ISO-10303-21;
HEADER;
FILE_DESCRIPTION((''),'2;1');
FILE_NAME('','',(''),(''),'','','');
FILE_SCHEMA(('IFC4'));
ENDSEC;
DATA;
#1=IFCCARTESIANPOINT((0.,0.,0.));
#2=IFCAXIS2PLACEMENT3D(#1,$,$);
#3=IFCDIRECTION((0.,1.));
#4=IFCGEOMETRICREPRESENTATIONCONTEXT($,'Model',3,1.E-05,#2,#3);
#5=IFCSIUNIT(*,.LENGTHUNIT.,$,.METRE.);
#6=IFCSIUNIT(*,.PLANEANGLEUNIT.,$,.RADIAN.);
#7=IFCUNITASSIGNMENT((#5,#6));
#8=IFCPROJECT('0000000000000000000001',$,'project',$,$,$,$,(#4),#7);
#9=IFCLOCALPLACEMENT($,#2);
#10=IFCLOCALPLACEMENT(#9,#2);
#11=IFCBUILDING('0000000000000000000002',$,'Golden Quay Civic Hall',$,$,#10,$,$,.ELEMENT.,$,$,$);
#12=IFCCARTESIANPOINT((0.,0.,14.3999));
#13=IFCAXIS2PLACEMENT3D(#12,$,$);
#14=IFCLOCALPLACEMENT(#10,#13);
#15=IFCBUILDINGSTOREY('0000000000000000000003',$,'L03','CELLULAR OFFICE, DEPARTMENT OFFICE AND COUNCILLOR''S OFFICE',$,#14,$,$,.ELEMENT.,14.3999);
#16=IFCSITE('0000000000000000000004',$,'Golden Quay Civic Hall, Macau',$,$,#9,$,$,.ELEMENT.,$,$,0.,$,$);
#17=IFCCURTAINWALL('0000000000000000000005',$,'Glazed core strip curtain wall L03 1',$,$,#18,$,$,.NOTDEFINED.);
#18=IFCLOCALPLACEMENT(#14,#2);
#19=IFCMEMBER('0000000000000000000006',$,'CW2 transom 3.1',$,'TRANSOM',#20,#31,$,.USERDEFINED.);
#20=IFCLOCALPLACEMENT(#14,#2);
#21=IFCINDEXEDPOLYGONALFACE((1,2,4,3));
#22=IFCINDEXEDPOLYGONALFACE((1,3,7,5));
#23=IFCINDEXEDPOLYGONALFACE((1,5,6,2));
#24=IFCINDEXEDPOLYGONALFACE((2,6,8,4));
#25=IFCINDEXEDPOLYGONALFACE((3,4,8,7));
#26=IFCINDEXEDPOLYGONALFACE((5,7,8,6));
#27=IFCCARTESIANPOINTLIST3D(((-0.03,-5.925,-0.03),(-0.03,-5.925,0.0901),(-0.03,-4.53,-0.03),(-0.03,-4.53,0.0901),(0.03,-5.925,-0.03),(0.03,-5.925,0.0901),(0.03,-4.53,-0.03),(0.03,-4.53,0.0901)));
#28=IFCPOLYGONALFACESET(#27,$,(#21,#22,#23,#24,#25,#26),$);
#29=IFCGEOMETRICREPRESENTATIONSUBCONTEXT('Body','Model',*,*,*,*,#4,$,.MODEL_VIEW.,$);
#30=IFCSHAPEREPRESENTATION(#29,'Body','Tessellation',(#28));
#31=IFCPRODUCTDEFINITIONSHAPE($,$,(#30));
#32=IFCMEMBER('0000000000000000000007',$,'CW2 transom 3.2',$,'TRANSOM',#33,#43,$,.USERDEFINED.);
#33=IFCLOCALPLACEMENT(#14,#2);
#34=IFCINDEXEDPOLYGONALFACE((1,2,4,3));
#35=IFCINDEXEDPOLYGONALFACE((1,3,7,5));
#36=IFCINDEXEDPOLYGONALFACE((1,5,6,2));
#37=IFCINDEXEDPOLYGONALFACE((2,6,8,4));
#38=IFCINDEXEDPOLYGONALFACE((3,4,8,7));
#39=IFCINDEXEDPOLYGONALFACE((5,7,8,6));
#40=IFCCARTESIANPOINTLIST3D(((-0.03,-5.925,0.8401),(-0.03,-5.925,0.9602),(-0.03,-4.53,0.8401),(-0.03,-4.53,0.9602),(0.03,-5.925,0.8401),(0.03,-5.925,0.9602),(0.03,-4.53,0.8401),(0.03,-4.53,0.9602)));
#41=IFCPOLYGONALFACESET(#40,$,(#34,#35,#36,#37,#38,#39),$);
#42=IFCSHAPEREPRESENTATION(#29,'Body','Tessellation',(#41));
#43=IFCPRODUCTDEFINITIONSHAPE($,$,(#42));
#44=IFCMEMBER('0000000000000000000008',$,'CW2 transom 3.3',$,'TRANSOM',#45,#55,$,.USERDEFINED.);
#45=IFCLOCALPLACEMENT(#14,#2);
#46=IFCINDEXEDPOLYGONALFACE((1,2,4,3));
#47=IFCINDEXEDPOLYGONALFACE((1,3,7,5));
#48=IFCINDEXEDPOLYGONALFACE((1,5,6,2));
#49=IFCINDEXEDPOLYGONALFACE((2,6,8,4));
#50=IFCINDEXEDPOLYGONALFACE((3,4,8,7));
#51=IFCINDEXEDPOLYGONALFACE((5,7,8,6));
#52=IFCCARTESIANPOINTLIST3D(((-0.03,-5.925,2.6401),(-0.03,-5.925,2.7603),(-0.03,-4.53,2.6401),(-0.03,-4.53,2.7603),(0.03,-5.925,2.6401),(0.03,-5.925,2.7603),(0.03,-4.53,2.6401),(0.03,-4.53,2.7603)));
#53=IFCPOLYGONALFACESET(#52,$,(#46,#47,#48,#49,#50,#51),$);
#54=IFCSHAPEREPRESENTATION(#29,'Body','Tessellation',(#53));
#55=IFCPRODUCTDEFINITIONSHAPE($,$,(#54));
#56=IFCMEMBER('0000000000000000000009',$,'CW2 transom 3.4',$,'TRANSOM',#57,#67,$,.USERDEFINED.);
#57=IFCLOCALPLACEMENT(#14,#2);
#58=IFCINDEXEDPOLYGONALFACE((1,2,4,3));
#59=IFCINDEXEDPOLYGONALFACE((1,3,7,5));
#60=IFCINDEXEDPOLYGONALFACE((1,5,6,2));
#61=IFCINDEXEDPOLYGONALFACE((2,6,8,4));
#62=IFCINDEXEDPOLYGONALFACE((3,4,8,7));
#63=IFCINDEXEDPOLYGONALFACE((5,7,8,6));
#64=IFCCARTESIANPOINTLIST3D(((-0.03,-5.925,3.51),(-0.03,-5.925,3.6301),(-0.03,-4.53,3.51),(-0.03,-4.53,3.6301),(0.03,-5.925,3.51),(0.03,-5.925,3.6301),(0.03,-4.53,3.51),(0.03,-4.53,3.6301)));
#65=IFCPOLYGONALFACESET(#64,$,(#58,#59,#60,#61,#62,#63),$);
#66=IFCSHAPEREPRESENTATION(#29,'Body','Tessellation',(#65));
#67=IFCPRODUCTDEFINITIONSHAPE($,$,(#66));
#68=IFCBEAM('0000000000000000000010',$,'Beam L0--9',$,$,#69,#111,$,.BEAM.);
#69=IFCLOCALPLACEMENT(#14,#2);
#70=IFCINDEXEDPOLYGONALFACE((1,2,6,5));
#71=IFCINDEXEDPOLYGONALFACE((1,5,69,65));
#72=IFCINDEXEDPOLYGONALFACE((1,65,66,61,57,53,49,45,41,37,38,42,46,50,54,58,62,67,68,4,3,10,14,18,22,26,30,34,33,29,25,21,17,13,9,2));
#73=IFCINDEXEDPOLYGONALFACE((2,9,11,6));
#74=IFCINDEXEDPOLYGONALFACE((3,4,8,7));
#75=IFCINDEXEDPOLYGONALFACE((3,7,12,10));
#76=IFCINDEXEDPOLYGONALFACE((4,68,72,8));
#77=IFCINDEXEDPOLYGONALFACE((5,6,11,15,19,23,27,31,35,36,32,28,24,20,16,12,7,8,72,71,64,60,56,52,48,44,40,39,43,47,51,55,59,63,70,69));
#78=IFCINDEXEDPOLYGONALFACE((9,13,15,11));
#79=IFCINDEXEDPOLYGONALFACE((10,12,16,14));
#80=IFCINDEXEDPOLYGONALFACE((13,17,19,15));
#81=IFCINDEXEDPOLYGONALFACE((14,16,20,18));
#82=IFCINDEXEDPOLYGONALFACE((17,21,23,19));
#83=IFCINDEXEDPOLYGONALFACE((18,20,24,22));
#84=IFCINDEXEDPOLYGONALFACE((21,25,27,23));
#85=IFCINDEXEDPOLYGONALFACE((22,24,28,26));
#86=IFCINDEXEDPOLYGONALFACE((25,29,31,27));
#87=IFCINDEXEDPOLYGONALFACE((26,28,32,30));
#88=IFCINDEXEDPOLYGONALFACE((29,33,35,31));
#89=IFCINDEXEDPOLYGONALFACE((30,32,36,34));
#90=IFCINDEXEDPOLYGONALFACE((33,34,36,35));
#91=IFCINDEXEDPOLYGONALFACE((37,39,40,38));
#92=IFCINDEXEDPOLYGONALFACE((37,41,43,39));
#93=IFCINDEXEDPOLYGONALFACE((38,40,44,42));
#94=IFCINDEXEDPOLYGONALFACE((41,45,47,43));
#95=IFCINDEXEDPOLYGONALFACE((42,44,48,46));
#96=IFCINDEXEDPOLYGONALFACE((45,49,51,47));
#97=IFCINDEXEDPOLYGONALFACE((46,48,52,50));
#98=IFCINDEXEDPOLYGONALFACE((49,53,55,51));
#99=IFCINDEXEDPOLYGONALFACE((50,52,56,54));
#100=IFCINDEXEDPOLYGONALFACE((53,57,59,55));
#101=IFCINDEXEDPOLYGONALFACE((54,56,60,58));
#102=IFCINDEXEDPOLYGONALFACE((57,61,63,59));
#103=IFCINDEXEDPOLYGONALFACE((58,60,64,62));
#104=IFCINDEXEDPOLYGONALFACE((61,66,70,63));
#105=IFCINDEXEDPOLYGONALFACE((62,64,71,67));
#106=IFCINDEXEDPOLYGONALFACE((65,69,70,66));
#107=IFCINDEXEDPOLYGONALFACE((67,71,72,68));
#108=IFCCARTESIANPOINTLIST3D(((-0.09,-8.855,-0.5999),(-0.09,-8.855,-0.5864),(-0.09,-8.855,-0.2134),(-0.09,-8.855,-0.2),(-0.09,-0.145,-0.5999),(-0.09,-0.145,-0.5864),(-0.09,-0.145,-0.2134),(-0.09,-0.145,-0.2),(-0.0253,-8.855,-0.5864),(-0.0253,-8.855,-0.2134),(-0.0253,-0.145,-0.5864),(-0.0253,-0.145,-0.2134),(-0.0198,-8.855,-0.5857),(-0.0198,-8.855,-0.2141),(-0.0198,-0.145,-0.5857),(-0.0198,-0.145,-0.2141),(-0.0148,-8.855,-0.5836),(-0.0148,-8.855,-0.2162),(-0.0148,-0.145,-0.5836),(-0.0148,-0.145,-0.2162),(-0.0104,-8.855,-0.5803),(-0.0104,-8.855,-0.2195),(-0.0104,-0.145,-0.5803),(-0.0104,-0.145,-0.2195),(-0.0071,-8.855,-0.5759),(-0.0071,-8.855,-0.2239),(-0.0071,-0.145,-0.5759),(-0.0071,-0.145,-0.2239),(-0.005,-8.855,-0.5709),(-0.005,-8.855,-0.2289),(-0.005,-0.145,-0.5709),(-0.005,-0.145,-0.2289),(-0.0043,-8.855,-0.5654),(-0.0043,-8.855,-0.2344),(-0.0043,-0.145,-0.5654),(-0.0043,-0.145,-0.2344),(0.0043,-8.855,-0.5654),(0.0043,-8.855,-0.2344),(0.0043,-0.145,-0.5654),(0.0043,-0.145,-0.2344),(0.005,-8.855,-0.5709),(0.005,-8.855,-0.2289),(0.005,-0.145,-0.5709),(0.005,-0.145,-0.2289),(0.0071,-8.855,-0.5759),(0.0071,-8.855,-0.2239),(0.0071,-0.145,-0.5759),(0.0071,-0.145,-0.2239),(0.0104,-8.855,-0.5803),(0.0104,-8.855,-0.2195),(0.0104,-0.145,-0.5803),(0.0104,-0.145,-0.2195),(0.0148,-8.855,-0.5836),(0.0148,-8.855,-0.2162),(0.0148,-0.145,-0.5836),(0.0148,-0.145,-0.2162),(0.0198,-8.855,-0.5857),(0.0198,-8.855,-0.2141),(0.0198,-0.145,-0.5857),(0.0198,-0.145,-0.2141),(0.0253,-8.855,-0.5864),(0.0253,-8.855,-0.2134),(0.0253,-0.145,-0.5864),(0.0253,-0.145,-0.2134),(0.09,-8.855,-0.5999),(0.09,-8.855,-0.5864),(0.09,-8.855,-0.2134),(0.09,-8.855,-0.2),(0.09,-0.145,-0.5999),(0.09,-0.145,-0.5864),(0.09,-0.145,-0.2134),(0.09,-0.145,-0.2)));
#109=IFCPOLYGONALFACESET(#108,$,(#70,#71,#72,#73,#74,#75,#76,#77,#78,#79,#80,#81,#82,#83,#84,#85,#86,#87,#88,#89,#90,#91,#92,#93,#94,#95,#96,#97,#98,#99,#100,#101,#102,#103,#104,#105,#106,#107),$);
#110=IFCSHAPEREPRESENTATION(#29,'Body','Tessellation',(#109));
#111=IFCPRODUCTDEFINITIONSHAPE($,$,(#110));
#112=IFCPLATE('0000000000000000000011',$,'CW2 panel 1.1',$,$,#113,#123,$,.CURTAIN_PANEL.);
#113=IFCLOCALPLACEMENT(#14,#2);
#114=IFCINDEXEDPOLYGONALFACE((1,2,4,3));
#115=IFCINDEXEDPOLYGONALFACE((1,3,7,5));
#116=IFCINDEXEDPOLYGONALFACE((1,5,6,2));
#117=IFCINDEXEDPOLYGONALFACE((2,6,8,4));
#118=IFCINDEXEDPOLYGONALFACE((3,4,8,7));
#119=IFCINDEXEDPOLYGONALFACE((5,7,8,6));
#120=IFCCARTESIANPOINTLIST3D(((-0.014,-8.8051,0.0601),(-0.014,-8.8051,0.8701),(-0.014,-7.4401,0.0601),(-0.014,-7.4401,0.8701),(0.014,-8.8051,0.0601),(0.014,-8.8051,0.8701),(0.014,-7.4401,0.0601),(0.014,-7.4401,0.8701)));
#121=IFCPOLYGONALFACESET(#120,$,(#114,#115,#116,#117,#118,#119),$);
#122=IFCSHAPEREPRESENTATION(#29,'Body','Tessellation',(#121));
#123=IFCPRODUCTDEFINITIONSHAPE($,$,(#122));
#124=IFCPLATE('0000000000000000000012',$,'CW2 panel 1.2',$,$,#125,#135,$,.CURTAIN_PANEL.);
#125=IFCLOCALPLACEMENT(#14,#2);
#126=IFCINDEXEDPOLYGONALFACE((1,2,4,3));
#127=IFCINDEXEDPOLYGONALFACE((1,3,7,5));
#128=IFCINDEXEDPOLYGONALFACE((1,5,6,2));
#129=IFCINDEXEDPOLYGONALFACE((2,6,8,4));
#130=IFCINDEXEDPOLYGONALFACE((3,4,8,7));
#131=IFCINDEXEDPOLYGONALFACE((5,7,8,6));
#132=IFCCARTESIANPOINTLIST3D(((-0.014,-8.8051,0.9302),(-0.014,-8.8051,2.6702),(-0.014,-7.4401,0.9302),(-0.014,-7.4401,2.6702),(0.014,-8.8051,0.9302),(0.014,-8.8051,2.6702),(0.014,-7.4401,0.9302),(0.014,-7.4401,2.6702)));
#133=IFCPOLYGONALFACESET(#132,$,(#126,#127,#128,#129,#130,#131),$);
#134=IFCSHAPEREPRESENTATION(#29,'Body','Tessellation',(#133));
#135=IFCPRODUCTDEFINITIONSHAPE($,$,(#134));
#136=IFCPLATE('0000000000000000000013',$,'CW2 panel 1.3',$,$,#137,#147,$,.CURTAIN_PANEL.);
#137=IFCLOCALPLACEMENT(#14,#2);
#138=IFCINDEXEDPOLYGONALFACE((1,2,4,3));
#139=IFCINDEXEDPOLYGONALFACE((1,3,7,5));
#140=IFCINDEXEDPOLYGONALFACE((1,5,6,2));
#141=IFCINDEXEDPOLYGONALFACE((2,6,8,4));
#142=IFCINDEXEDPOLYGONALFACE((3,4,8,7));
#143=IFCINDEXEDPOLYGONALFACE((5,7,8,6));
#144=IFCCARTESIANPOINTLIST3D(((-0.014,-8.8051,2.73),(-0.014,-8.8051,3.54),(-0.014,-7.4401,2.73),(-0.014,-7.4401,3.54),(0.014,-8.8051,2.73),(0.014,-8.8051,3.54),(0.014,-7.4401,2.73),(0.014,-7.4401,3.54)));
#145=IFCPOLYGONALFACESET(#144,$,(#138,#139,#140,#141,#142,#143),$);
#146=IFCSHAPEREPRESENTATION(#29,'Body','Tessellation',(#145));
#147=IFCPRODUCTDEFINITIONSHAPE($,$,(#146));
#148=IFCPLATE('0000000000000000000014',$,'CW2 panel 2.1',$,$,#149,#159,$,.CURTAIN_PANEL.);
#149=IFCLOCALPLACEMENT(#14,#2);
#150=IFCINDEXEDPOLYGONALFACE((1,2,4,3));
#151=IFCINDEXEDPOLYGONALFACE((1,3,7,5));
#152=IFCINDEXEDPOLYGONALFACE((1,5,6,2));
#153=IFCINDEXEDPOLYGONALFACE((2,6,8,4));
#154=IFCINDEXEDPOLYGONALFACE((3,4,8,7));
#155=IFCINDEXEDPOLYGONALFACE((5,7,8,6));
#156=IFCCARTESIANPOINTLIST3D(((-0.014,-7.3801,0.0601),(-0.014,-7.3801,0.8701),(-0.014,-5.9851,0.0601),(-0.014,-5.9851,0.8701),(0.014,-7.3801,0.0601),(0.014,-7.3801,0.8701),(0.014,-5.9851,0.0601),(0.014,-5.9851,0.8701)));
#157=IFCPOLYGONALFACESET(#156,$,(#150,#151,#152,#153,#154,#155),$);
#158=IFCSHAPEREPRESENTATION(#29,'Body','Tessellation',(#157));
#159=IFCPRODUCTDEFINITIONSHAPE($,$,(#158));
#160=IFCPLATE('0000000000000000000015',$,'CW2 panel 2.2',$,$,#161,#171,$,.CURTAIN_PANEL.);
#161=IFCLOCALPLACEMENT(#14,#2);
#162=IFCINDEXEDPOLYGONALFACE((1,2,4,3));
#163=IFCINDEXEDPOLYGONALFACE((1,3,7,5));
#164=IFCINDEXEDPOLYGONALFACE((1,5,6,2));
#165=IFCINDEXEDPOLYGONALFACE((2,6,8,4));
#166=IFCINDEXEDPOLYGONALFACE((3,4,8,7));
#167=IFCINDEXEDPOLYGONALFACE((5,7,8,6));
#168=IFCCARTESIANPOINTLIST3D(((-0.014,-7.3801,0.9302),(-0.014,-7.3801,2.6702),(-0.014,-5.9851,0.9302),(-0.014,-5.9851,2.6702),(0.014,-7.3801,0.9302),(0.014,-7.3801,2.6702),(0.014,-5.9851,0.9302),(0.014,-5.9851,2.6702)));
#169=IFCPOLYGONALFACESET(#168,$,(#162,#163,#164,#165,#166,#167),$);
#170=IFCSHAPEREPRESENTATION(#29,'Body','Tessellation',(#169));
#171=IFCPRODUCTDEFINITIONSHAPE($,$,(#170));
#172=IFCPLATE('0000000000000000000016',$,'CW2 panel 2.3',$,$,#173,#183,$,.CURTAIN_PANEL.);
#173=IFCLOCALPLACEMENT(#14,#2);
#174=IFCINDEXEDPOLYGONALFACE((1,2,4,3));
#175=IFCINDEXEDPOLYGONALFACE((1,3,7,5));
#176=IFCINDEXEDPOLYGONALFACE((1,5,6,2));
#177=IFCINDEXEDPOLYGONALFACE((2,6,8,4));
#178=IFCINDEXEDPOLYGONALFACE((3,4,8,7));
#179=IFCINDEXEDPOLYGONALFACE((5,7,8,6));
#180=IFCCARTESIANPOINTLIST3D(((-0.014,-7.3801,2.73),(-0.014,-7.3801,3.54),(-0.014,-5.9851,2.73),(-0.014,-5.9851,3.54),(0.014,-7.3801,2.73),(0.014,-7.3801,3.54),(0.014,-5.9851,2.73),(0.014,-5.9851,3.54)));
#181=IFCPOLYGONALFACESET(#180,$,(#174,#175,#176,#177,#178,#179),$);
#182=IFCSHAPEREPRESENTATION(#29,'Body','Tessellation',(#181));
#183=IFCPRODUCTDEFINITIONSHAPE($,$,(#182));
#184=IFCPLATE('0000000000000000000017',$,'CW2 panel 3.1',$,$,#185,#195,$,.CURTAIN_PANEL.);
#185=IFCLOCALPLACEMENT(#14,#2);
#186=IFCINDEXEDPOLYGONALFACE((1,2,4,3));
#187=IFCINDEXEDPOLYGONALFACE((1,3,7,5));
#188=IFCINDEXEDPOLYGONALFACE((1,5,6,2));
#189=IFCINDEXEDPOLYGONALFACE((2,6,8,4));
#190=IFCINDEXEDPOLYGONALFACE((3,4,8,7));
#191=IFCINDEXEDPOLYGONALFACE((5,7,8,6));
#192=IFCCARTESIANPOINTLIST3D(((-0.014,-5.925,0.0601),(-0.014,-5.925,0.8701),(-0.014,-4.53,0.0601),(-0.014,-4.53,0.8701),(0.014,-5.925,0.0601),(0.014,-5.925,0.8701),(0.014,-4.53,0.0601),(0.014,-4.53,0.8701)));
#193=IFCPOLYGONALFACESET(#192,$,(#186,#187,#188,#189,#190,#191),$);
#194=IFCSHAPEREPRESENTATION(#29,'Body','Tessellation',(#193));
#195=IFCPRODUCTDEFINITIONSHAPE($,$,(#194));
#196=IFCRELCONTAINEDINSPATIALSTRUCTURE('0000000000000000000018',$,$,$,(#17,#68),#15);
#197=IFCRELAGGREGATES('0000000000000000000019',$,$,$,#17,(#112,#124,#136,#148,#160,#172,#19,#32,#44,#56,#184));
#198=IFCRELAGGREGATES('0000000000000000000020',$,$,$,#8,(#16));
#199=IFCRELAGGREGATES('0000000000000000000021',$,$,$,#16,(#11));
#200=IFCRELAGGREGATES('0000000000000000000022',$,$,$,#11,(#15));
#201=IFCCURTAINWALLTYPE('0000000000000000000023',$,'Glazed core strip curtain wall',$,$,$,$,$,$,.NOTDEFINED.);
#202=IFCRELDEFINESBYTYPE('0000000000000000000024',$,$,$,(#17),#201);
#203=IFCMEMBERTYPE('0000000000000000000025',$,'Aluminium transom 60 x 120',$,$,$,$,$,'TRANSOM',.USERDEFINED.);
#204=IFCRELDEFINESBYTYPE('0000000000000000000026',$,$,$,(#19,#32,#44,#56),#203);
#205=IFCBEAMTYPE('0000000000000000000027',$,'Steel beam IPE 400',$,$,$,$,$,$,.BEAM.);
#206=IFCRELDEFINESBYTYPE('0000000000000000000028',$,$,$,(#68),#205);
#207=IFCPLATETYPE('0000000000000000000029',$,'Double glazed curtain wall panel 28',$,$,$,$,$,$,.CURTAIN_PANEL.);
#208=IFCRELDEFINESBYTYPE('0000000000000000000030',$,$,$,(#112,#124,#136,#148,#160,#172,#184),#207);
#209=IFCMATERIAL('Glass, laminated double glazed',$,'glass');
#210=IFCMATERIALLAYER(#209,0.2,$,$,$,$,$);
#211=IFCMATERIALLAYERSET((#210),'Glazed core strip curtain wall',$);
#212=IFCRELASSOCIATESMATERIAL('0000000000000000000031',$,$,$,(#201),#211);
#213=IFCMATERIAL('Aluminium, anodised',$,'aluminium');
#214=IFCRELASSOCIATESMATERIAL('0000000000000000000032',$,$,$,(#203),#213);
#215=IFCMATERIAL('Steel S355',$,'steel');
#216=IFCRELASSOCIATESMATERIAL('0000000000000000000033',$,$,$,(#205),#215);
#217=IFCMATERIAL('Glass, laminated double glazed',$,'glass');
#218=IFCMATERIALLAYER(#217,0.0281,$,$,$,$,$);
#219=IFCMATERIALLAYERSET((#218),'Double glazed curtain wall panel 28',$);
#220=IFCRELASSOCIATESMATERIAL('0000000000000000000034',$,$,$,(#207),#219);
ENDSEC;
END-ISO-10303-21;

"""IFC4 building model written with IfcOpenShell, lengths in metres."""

from ifc_helpers import new_model, si_unit, direction, frame, origin, origin_2d, place, context, subcontext, project, spatial, rectangle, i_section, extrude, material, layer, layer_set, material_profile, profile_set, type_object, element, aggregate, save


model = new_model("IFC4")

# Units and contexts
model_context = context("Model", 3, precision=1e-05, world=origin(), true_north=direction((0.0, 1.0)))
body_context = subcontext(model_context, "Body", "Model", "MODEL_VIEW")
ifc_project = project(units=[si_unit("LENGTHUNIT", "METRE"), si_unit("PLANEANGLEUNIT", "RADIAN")], contexts=[model_context])

# Site, building, storey
site_placement = place(None, origin())
site = spatial("IfcSite", under=ifc_project, at=site_placement, Name="Golden Quay Civic Hall, Macau", CompositionType="ELEMENT", RefElevation=0.0)
building_placement = place(site_placement, origin())
building = spatial("IfcBuilding", under=site, at=building_placement, Name="Golden Quay Civic Hall", CompositionType="ELEMENT")
storey_placement = place(building_placement, frame((0.0, 0.0, 14.3999)))
storey = spatial("IfcBuildingStorey", under=building, at=storey_placement, Name="L03", Description="CELLULAR OFFICE, DEPARTMENT OFFICE AND COUNCILLOR'S OFFICE", CompositionType="ELEMENT", Elevation=14.3999)

# Curtain wall, members
ifc_material_1 = material(Name="Glass, laminated double glazed", Category="glass")
ifc_layer_1 = layer(ifc_material_1, 0.2)
ifc_layer_set_1 = layer_set([ifc_layer_1], Name="Glazed core strip curtain wall")
curtain_wall_type = type_object("IfcCurtainWallType", Name="Glazed core strip curtain wall", PredefinedType="NOTDEFINED", material=ifc_layer_set_1)
curtain_wall_placement = place(storey_placement, origin())
curtain_wall = element("IfcCurtainWall", 1, at=curtain_wall_placement, inside=storey, type_object=curtain_wall_type, Name="Glazed core strip curtain wall L03 1", PredefinedType="NOTDEFINED")
ifc_material_2 = material(Name="Aluminium, anodised", Category="aluminium")
ifc_material_profile_1 = material_profile(ifc_material_2, rectangle(XDim=0.0601, YDim=0.1201, at=origin_2d()), Name="Aluminium 60 x 120")
ifc_profile_set_1 = profile_set([ifc_material_profile_1], Name="Aluminium, anodised")
member_type_1 = type_object("IfcMemberType", Name="Aluminium transom 60 x 120", ElementType="TRANSOM", PredefinedType="USERDEFINED", material=ifc_profile_set_1)
member_1_placement = place(storey_placement, frame((0.0, -5.925, 0.03), z_axis=(0.0, 1.0, 0.0), x_axis=(-1.0, 0.0, 0.0)))
member_1 = element("IfcMember", 2, at=member_1_placement, type_object=member_type_1, Name="CW2 transom 3.1", ObjectType="TRANSOM", PredefinedType="USERDEFINED", context=body_context, shape_type="SweptSolid", body=[
    extrude(rectangle(XDim=0.0601, YDim=0.1201, at=origin_2d()), origin(), (0.0, 0.0, 1.0), 1.395),
])
member_2_placement = place(storey_placement, frame((0.0, -5.925, 0.9001), z_axis=(0.0, 1.0, 0.0), x_axis=(-1.0, 0.0, 0.0)))
member_2 = element("IfcMember", 3, at=member_2_placement, type_object=member_type_1, Name="CW2 transom 3.2", ObjectType="TRANSOM", PredefinedType="USERDEFINED", context=body_context, shape_type="SweptSolid", body=[
    extrude(rectangle(XDim=0.0601, YDim=0.1201, at=origin_2d()), origin(), (0.0, 0.0, 1.0), 1.395),
])
member_3_placement = place(storey_placement, frame((0.0, -5.925, 2.7002), z_axis=(0.0, 1.0, 0.0), x_axis=(-1.0, 0.0, 0.0)))
member_3 = element("IfcMember", 4, at=member_3_placement, type_object=member_type_1, Name="CW2 transom 3.3", ObjectType="TRANSOM", PredefinedType="USERDEFINED", context=body_context, shape_type="SweptSolid", body=[
    extrude(rectangle(XDim=0.0601, YDim=0.1201, at=origin_2d()), origin(), (0.0, 0.0, 1.0), 1.395),
])
member_4_placement = place(storey_placement, frame((0.0, -5.925, 3.5701), z_axis=(0.0, 1.0, 0.0), x_axis=(-1.0, 0.0, 0.0)))
member_4 = element("IfcMember", 5, at=member_4_placement, type_object=member_type_1, Name="CW2 transom 3.4", ObjectType="TRANSOM", PredefinedType="USERDEFINED", context=body_context, shape_type="SweptSolid", body=[
    extrude(rectangle(XDim=0.0601, YDim=0.1201, at=origin_2d()), origin(), (0.0, 0.0, 1.0), 1.395),
])

# Beam
ifc_material_3 = material(Name="Steel S355", Category="steel")
ifc_material_profile_2 = material_profile(ifc_material_3, i_section(OverallWidth=0.1799, OverallDepth=0.3999, WebThickness=0.0085, FlangeThickness=0.0134, FilletRadius=0.021, at=origin_2d()), Name="IPE 400")
ifc_profile_set_2 = profile_set([ifc_material_profile_2], Name="Steel S355")
beam_type = type_object("IfcBeamType", Name="Steel beam IPE 400", PredefinedType="BEAM", material=ifc_profile_set_2)
beam_placement = place(storey_placement, frame((0.0, -8.855, -0.3999), z_axis=(0.0, 1.0, 0.0), x_axis=(-1.0, 0.0, 0.0)))
element("IfcBeam", 6, at=beam_placement, inside=storey, type_object=beam_type, Name="Beam L0--9", PredefinedType="BEAM", context=body_context, shape_type="SweptSolid", body=[
    extrude(i_section(OverallWidth=0.1799, OverallDepth=0.3999, WebThickness=0.0085, FlangeThickness=0.0134, FilletRadius=0.021, at=origin_2d()), origin(), (0.0, 0.0, 1.0), 8.71),
])

# Plates
ifc_material_4 = material(Name="Glass, laminated double glazed", Category="glass")
ifc_layer_2 = layer(ifc_material_4, 0.0281)
ifc_layer_set_2 = layer_set([ifc_layer_2], Name="Double glazed curtain wall panel 28")
plate_type = type_object("IfcPlateType", Name="Double glazed curtain wall panel 28", PredefinedType="CURTAIN_PANEL", material=ifc_layer_set_2)
plate_1_placement = place(storey_placement, frame((0.0, -8.1226, 0.0601), z_axis=(0.0, 0.0, 1.0), x_axis=(0.0, 1.0, 0.0)))
plate_1 = element("IfcPlate", 7, at=plate_1_placement, type_object=plate_type, Name="CW2 panel 1.1", PredefinedType="CURTAIN_PANEL", context=body_context, shape_type="SweptSolid", body=[
    extrude(rectangle(XDim=1.365, YDim=0.0281, at=origin_2d()), origin(), (0.0, 0.0, 1.0), 0.8101),
])
plate_2_placement = place(storey_placement, frame((0.0, -8.1226, 0.9302), z_axis=(0.0, 0.0, 1.0), x_axis=(0.0, 1.0, 0.0)))
plate_2 = element("IfcPlate", 8, at=plate_2_placement, type_object=plate_type, Name="CW2 panel 1.2", PredefinedType="CURTAIN_PANEL", context=body_context, shape_type="SweptSolid", body=[
    extrude(rectangle(XDim=1.365, YDim=0.0281, at=origin_2d()), origin(), (0.0, 0.0, 1.0), 1.74),
])
plate_3_placement = place(storey_placement, frame((0.0, -8.1226, 2.73), z_axis=(0.0, 0.0, 1.0), x_axis=(0.0, 1.0, 0.0)))
plate_3 = element("IfcPlate", 9, at=plate_3_placement, type_object=plate_type, Name="CW2 panel 1.3", PredefinedType="CURTAIN_PANEL", context=body_context, shape_type="SweptSolid", body=[
    extrude(rectangle(XDim=1.365, YDim=0.0281, at=origin_2d()), origin(), (0.0, 0.0, 1.0), 0.8101),
])
plate_4_placement = place(storey_placement, frame((0.0, -6.6826, 0.0601), z_axis=(0.0, 0.0, 1.0), x_axis=(0.0, 1.0, 0.0)))
plate_4 = element("IfcPlate", 10, at=plate_4_placement, type_object=plate_type, Name="CW2 panel 2.1", PredefinedType="CURTAIN_PANEL", context=body_context, shape_type="SweptSolid", body=[
    extrude(rectangle(XDim=1.395, YDim=0.0281, at=origin_2d()), origin(), (0.0, 0.0, 1.0), 0.8101),
])
plate_5_placement = place(storey_placement, frame((0.0, -6.6826, 0.9302), z_axis=(0.0, 0.0, 1.0), x_axis=(0.0, 1.0, 0.0)))
plate_5 = element("IfcPlate", 11, at=plate_5_placement, type_object=plate_type, Name="CW2 panel 2.2", PredefinedType="CURTAIN_PANEL", context=body_context, shape_type="SweptSolid", body=[
    extrude(rectangle(XDim=1.395, YDim=0.0281, at=origin_2d()), origin(), (0.0, 0.0, 1.0), 1.74),
])
plate_6_placement = place(storey_placement, frame((0.0, -6.6826, 2.73), z_axis=(0.0, 0.0, 1.0), x_axis=(0.0, 1.0, 0.0)))
plate_6 = element("IfcPlate", 12, at=plate_6_placement, type_object=plate_type, Name="CW2 panel 2.3", PredefinedType="CURTAIN_PANEL", context=body_context, shape_type="SweptSolid", body=[
    extrude(rectangle(XDim=1.395, YDim=0.0281, at=origin_2d()), origin(), (0.0, 0.0, 1.0), 0.8101),
])
plate_7_placement = place(storey_placement, frame((0.0, -5.2275, 0.0601), z_axis=(0.0, 0.0, 1.0), x_axis=(0.0, 1.0, 0.0)))
plate_7 = element("IfcPlate", 13, at=plate_7_placement, type_object=plate_type, Name="CW2 panel 3.1", PredefinedType="CURTAIN_PANEL", context=body_context, shape_type="SweptSolid", body=[
    extrude(rectangle(XDim=1.395, YDim=0.0281, at=origin_2d()), origin(), (0.0, 0.0, 1.0), 0.8101),
])
aggregate(curtain_wall, [plate_1, plate_2, plate_3, plate_4, plate_5, plate_6, member_1, member_2, member_3, member_4, plate_7])

save(model, "model.ifc")
